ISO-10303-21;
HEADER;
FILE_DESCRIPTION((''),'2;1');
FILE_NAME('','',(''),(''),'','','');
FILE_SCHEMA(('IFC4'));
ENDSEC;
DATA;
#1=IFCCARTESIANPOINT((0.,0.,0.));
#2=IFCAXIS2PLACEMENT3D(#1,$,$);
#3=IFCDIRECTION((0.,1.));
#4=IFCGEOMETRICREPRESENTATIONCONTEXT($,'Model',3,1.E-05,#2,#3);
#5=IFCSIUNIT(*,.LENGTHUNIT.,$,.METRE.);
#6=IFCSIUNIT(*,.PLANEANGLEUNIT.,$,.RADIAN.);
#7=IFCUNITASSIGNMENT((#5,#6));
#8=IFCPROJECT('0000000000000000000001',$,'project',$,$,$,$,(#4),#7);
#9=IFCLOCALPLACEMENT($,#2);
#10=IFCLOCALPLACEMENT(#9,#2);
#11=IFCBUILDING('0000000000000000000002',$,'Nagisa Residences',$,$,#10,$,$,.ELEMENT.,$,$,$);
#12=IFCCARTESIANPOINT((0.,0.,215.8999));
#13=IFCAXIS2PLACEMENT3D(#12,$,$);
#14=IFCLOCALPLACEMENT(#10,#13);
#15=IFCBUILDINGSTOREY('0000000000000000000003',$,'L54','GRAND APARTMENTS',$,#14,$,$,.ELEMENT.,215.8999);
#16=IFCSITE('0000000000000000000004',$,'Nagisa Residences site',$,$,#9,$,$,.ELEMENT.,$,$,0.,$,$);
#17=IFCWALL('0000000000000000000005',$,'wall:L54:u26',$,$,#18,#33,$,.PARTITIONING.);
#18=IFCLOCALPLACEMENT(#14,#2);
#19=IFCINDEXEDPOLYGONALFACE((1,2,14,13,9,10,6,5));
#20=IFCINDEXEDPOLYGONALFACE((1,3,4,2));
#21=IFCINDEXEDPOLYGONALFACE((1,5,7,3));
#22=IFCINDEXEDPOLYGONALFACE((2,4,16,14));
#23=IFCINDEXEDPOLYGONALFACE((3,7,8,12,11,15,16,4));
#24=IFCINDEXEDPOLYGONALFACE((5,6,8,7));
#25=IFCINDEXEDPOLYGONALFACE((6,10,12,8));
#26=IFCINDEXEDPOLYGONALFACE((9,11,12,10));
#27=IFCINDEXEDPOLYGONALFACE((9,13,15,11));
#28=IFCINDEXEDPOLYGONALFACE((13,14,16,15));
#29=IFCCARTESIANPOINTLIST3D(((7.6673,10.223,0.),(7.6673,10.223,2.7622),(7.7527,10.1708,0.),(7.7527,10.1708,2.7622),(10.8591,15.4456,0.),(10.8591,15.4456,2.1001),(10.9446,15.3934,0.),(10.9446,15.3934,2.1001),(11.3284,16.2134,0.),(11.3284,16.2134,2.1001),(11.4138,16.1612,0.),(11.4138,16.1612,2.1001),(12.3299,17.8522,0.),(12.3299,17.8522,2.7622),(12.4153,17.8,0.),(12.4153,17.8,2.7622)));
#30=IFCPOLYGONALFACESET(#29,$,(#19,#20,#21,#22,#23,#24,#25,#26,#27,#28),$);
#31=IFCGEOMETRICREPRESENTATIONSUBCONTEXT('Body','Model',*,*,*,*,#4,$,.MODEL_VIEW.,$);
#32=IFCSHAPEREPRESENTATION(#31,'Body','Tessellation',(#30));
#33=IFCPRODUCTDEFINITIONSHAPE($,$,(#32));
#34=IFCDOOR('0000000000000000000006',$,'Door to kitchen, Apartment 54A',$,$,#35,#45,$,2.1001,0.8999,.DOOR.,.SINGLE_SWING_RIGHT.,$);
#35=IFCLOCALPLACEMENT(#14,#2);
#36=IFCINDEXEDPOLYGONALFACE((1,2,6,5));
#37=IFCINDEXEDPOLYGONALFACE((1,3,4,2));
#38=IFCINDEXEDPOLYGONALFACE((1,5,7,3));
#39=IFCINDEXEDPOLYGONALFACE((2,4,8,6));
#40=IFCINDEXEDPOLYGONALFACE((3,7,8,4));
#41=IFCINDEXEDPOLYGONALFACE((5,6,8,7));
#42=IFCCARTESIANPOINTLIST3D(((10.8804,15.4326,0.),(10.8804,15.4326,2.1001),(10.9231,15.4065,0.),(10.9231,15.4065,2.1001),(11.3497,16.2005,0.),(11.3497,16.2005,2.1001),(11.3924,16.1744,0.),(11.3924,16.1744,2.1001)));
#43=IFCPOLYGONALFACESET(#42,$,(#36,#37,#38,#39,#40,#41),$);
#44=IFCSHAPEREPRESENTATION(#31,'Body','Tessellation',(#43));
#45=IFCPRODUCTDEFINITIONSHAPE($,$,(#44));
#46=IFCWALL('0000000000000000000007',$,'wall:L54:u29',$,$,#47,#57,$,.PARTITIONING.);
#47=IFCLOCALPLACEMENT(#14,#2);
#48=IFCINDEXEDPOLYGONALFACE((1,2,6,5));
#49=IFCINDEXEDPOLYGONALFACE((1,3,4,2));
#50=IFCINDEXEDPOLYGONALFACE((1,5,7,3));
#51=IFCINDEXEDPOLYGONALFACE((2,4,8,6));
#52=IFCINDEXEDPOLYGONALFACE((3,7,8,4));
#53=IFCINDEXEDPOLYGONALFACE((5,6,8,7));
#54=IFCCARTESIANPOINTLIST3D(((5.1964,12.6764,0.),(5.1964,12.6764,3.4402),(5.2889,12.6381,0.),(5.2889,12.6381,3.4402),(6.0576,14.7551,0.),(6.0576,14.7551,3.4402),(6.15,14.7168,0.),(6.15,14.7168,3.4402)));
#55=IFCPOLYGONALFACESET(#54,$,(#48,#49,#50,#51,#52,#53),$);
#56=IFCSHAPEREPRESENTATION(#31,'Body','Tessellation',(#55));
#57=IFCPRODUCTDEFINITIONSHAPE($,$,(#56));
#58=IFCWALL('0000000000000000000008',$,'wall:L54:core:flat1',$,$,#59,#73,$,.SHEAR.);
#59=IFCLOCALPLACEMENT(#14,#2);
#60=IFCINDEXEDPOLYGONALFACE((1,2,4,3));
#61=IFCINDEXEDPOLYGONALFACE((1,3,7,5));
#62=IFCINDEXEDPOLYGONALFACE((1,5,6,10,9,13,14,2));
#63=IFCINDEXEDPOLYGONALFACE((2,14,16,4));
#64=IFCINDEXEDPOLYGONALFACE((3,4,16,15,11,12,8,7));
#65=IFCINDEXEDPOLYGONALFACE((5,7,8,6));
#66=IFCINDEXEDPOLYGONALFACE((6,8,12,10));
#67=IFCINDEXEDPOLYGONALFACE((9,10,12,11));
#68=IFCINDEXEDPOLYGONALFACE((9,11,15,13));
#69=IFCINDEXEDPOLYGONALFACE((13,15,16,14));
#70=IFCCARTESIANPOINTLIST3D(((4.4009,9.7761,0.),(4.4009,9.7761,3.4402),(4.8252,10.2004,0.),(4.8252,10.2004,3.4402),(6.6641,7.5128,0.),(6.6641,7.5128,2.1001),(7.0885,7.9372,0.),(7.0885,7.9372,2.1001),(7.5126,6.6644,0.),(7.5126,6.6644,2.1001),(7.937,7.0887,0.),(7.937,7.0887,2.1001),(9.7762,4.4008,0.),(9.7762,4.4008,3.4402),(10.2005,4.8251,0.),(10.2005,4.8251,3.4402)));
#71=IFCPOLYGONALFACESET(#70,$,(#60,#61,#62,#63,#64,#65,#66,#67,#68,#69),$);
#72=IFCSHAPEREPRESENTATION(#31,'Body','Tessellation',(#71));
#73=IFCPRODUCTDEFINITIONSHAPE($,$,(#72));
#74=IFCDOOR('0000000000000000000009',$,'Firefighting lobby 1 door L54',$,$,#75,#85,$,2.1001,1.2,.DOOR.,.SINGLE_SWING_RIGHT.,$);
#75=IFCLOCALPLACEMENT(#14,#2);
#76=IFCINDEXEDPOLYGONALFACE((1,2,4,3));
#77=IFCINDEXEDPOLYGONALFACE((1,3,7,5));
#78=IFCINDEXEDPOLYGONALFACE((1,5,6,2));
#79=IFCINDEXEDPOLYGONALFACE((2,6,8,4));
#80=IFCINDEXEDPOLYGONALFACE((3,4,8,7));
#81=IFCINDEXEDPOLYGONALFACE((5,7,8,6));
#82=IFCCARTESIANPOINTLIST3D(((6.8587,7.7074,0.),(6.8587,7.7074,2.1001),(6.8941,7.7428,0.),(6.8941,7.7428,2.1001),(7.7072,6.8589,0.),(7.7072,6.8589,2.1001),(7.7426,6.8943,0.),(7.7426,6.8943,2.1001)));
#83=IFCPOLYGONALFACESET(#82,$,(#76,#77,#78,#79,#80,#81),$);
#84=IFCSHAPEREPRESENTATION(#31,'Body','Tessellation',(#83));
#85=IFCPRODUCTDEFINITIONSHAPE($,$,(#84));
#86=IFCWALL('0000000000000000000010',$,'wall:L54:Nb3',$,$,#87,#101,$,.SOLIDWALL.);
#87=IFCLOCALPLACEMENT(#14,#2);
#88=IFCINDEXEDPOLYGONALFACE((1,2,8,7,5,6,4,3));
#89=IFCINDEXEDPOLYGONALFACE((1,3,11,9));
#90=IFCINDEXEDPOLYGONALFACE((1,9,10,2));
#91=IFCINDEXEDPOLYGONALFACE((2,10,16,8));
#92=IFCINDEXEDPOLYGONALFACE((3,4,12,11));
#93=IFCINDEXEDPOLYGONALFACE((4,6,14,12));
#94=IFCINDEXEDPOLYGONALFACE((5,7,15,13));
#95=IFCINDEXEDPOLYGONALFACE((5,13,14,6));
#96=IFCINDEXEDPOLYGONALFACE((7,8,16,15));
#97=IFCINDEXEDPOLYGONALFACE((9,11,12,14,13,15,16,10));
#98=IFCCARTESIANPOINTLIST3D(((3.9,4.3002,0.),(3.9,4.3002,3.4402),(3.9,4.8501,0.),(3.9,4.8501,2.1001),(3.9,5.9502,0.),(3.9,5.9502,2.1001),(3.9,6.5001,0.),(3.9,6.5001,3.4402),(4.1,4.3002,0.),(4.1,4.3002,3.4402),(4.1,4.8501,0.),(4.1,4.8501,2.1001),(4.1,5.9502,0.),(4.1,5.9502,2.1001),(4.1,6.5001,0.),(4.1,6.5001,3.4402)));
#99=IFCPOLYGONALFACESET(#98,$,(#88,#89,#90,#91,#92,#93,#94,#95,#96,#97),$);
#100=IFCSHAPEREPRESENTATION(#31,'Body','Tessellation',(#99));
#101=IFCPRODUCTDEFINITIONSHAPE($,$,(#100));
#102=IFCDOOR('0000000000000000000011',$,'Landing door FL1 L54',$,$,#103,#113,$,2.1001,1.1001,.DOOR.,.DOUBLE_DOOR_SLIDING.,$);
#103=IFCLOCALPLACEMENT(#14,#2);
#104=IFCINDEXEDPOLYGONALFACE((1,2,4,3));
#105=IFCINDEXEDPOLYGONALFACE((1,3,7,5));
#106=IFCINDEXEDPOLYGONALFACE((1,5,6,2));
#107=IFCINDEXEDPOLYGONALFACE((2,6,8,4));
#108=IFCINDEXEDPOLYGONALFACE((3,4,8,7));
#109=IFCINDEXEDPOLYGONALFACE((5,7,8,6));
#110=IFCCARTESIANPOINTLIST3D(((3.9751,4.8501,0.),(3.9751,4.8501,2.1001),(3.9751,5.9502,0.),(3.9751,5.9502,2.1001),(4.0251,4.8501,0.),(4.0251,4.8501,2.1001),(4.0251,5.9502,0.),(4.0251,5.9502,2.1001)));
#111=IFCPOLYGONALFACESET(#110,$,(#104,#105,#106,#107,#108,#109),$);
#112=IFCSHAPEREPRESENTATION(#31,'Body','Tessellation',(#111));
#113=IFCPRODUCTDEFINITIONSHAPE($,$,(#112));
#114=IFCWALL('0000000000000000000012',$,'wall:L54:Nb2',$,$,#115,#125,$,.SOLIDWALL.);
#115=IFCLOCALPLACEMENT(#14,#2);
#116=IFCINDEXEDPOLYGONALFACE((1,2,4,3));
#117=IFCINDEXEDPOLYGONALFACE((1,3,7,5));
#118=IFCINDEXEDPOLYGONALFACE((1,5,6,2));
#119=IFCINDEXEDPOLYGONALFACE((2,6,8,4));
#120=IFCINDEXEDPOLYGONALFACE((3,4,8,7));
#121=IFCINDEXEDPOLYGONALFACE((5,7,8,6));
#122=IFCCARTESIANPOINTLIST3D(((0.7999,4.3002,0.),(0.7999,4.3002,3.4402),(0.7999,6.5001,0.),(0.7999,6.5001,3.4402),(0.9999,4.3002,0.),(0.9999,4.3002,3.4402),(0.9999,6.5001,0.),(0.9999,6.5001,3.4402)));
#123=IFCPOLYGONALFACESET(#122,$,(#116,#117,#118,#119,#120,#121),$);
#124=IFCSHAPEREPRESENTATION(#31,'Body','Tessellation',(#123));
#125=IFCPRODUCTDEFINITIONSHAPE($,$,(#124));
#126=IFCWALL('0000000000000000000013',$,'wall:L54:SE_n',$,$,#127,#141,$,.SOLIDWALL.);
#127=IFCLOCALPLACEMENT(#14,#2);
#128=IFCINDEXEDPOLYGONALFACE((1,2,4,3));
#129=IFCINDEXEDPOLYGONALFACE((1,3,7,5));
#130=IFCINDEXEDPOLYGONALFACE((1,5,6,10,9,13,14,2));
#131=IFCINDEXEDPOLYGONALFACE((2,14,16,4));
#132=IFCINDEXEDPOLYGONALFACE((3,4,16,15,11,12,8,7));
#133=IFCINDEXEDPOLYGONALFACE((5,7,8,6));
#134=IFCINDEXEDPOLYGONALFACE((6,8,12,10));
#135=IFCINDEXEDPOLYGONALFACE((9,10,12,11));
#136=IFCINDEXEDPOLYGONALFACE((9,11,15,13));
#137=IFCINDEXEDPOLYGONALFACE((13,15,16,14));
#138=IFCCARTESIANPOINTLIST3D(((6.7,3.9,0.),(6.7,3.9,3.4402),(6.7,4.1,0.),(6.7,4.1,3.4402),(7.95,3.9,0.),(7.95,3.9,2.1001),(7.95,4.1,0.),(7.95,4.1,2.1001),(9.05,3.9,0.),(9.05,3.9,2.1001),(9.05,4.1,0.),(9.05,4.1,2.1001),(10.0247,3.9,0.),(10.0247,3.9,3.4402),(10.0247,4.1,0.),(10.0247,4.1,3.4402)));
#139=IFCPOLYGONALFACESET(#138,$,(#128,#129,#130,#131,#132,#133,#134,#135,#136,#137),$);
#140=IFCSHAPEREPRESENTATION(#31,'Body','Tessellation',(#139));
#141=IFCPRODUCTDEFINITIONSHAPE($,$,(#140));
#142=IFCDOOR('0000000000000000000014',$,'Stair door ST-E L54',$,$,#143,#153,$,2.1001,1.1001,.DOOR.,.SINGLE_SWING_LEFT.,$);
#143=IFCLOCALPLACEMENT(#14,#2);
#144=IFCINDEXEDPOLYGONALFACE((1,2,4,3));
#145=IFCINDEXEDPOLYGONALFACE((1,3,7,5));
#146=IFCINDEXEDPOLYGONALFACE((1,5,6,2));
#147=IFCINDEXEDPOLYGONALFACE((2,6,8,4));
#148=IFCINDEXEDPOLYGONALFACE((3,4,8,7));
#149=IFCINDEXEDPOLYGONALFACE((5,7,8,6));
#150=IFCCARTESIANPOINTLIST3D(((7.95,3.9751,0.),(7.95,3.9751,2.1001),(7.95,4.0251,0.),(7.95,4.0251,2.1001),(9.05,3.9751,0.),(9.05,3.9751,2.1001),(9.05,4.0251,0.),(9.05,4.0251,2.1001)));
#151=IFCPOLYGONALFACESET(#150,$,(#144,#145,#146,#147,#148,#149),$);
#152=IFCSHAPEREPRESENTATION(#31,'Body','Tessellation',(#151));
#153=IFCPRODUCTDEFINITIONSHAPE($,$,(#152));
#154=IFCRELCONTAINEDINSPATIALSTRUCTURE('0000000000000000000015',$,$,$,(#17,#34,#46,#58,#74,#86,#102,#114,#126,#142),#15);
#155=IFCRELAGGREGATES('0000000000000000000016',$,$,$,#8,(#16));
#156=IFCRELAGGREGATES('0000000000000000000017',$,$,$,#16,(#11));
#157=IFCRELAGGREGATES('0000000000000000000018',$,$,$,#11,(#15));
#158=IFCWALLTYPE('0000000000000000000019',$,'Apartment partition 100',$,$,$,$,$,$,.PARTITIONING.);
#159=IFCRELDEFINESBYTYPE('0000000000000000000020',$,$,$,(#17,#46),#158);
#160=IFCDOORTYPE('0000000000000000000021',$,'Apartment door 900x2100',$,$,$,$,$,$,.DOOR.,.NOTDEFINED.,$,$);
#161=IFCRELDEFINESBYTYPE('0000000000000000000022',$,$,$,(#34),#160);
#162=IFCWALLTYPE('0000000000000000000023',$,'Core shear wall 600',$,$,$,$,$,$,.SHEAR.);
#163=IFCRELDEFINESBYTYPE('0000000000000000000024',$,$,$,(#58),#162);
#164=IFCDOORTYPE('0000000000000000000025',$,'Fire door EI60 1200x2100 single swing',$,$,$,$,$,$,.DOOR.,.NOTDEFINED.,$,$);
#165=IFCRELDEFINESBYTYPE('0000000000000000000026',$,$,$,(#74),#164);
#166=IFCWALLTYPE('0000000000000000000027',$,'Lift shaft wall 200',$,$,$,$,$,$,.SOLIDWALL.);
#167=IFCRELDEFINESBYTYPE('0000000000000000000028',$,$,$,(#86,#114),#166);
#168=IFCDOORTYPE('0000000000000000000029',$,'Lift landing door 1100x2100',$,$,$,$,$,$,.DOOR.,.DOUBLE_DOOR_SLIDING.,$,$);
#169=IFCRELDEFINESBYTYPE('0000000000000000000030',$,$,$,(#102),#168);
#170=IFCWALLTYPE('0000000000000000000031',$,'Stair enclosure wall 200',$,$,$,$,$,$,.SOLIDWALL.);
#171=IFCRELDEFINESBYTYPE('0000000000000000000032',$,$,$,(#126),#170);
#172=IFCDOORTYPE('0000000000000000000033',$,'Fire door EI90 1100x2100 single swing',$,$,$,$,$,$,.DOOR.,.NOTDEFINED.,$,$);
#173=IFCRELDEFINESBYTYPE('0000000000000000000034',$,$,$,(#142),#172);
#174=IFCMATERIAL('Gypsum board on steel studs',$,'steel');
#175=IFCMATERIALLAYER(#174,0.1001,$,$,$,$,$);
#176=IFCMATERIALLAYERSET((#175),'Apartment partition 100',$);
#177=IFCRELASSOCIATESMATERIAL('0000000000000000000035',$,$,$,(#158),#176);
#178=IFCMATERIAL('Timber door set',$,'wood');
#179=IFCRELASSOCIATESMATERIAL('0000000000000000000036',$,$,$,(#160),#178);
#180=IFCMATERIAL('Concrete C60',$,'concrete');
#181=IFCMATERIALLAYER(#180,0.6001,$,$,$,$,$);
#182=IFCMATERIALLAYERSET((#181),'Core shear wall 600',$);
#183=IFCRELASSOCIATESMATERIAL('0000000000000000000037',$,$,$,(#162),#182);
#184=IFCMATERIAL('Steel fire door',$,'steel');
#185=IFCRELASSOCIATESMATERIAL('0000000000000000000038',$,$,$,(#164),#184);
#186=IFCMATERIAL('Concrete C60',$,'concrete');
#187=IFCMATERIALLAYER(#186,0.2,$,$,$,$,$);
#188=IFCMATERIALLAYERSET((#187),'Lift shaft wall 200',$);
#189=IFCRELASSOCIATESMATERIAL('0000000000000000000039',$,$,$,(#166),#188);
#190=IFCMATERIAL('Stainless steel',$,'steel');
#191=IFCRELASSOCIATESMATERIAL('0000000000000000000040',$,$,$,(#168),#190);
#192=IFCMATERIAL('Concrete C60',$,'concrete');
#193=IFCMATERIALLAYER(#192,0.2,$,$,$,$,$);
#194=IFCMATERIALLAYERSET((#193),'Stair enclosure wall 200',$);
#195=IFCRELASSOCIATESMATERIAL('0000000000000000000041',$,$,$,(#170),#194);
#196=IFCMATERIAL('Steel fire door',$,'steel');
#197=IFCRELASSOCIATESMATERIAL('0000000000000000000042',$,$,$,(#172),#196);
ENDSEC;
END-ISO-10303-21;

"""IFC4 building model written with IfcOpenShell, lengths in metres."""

from ifc_helpers import new_model, si_unit, direction, frame, frame_2d, origin, place, context, subcontext, project, spatial, rectangle, extrude, material, layer, layer_set, type_object, element, fill, save


model = new_model("IFC4")

# Units and contexts
model_context = context("Model", 3, precision=1e-05, world=origin(), true_north=direction((0.0, 1.0)))
body_context = subcontext(model_context, "Body", "Model", "MODEL_VIEW")
ifc_project = project(units=[si_unit("LENGTHUNIT", "METRE"), si_unit("PLANEANGLEUNIT", "RADIAN")], contexts=[model_context])

# Site, building, storey
site_placement = place(None, origin())
site = spatial("IfcSite", under=ifc_project, at=site_placement, Name="Nagisa Residences site", CompositionType="ELEMENT", RefElevation=0.0)
building_placement = place(site_placement, origin())
building = spatial("IfcBuilding", under=site, at=building_placement, Name="Nagisa Residences", CompositionType="ELEMENT")
storey_placement = place(building_placement, frame((0.0, 0.0, 215.8999)))
storey = spatial("IfcBuildingStorey", under=building, at=storey_placement, Name="L54", Description="GRAND APARTMENTS", CompositionType="ELEMENT", Elevation=215.8999)

# Shared definitions
ifc_material_1 = material(Name="Gypsum board on steel studs", Category="steel")
ifc_layer_1 = layer(ifc_material_1, 0.1001)
ifc_layer_set_1 = layer_set([ifc_layer_1], Name="Apartment partition 100")
wall_type_1 = type_object("IfcWallType", Name="Apartment partition 100", PredefinedType="PARTITIONING", material=ifc_layer_set_1)
ifc_material_2 = material(Name="Timber door set", Category="wood")
door_type_1 = type_object("IfcDoorType", Name="Apartment door 900x2100", OperationType="NOTDEFINED", PredefinedType="DOOR", material=ifc_material_2)

# Wall, opening, door
wall_1_placement = place(storey_placement, frame((7.71, 10.1968, 0.0), z_axis=(0.0, 0.0, 1.0), x_axis=(0.521478, 0.853265, 0.0)))
wall_1 = element("IfcWall", 1, at=wall_1_placement, inside=storey, type_object=wall_type_1, Name="wall:L54:u26", PredefinedType="PARTITIONING", context=body_context, shape_type="SweptSolid", body=[
    extrude(rectangle(XDim=8.9412, YDim=0.1001, at=frame_2d((4.4707, 0.0))), origin(), (0.0, 0.0, 1.0), 2.7622),
])
opening_1_placement = place(wall_1_placement, frame((6.1208, 0.0, 0.0)))
opening_1 = element("IfcOpeningElement", 2, at=opening_1_placement, cuts=wall_1, PredefinedType="OPENING", context=body_context, shape_type="SweptSolid", body=[
    extrude(rectangle(XDim=0.8999, YDim=2.1001, at=frame_2d((0.45, 1.05))), frame((0.0, 0.0601, 0.0), z_axis=(0.0, -1.0, 0.0), x_axis=(1.0, 0.0, 0.0)), (0.0, 0.0, 1.0), 0.1201),
])
door_1_placement = place(opening_1_placement, frame((0.8999, 0.0, 0.0), x_axis=(-1.0, 0.0, 0.0)))
door_1 = element("IfcDoor", 3, at=door_1_placement, inside=storey, type_object=door_type_1, Name="Door to kitchen, Apartment 54A", OperationType="SINGLE_SWING_RIGHT", OverallHeight=2.1001, OverallWidth=0.8999, PredefinedType="DOOR", context=body_context, shape_type="SweptSolid", body=[
    extrude(rectangle(XDim=0.8999, YDim=2.1001, at=frame_2d((0.45, 1.05))), frame((0.0, 0.0249, 0.0), z_axis=(0.0, -1.0, 0.0), x_axis=(1.0, 0.0, 0.0)), (0.0, 0.0, 1.0), 0.05),
])
fill(opening_1, door_1)

# Wall
wall_2_placement = place(storey_placement, frame((5.2427, 12.6572, 0.0), z_axis=(0.0, 0.0, 1.0), x_axis=(0.382719, 0.923865, 0.0)))
element("IfcWall", 4, at=wall_2_placement, inside=storey, type_object=wall_type_1, Name="wall:L54:u29", PredefinedType="PARTITIONING", context=body_context, shape_type="SweptSolid", body=[
    extrude(rectangle(XDim=2.25, YDim=0.1001, at=frame_2d((1.125, 0.0))), origin(), (0.0, 0.0, 1.0), 3.4402),
])

# Walls, openings, doors
ifc_material_3 = material(Name="Concrete C60", Category="concrete")
ifc_layer_2 = layer(ifc_material_3, 0.6001)
ifc_layer_set_2 = layer_set([ifc_layer_2], Name="Core shear wall 600")
wall_type_2 = type_object("IfcWallType", Name="Core shear wall 600", PredefinedType="SHEAR", material=ifc_layer_set_2)
wall_3_placement = place(storey_placement, frame((9.9883, 4.613, 0.0), z_axis=(0.0, 0.0, 1.0), x_axis=(-0.707107, 0.707107, 0.0)))
wall_3 = element("IfcWall", 5, at=wall_3_placement, inside=storey, type_object=wall_type_2, Name="wall:L54:core:flat1", PredefinedType="SHEAR", context=body_context, shape_type="SweptSolid", body=[
    extrude(rectangle(XDim=7.6018, YDim=0.6001, at=frame_2d((3.8008, 0.0))), origin(), (0.0, 0.0, 1.0), 3.4402),
])
opening_2_placement = place(wall_3_placement, frame((3.2009, 0.0, 0.0)))
opening_2 = element("IfcOpeningElement", 6, at=opening_2_placement, cuts=wall_3, PredefinedType="OPENING", context=body_context, shape_type="SweptSolid", body=[
    extrude(rectangle(XDim=1.2, YDim=2.1001, at=frame_2d((0.6001, 1.05))), frame((0.0, 0.3101, 0.0), z_axis=(0.0, -1.0, 0.0), x_axis=(1.0, 0.0, 0.0)), (0.0, 0.0, 1.0), 0.6201),
])
ifc_material_4 = material(Name="Steel fire door", Category="steel")
door_type_2 = type_object("IfcDoorType", Name="Fire door EI60 1200x2100 single swing", OperationType="NOTDEFINED", PredefinedType="DOOR", material=ifc_material_4)
door_2_placement = place(opening_2_placement, origin())
door_2 = element("IfcDoor", 7, at=door_2_placement, inside=storey, type_object=door_type_2, Name="Firefighting lobby 1 door L54", OperationType="SINGLE_SWING_RIGHT", OverallHeight=2.1001, OverallWidth=1.2, PredefinedType="DOOR", context=body_context, shape_type="SweptSolid", body=[
    extrude(rectangle(XDim=1.2, YDim=2.1001, at=frame_2d((0.6001, 1.05))), frame((0.0, 0.0249, 0.0), z_axis=(0.0, -1.0, 0.0), x_axis=(1.0, 0.0, 0.0)), (0.0, 0.0, 1.0), 0.05),
])
fill(opening_2, door_2)
ifc_material_5 = material(Name="Concrete C60", Category="concrete")
ifc_layer_3 = layer(ifc_material_5, 0.2)
ifc_layer_set_3 = layer_set([ifc_layer_3], Name="Lift shaft wall 200")
wall_type_3 = type_object("IfcWallType", Name="Lift shaft wall 200", PredefinedType="SOLIDWALL", material=ifc_layer_set_3)
wall_4_placement = place(storey_placement, frame((4.0, 4.3, 0.0), z_axis=(0.0, 0.0, 1.0), x_axis=(0.0, 1.0, 0.0)))
wall_4 = element("IfcWall", 8, at=wall_4_placement, inside=storey, type_object=wall_type_3, Name="wall:L54:Nb3", PredefinedType="SOLIDWALL", context=body_context, shape_type="SweptSolid", body=[
    extrude(rectangle(XDim=2.2, YDim=0.2, at=frame_2d((1.1001, 0.0))), origin(), (0.0, 0.0, 1.0), 3.4402),
])
opening_3_placement = place(wall_4_placement, frame((0.55, 0.0, 0.0)))
opening_3 = element("IfcOpeningElement", 9, at=opening_3_placement, cuts=wall_4, PredefinedType="OPENING", context=body_context, shape_type="SweptSolid", body=[
    extrude(rectangle(XDim=1.1001, YDim=2.1001, at=frame_2d((0.55, 1.05))), frame((0.0, 0.1099, 0.0), z_axis=(0.0, -1.0, 0.0), x_axis=(1.0, 0.0, 0.0)), (0.0, 0.0, 1.0), 0.22),
])
ifc_material_6 = material(Name="Stainless steel", Category="steel")
door_type_3 = type_object("IfcDoorType", Name="Lift landing door 1100x2100", OperationType="DOUBLE_DOOR_SLIDING", PredefinedType="DOOR", material=ifc_material_6)
door_3_placement = place(opening_3_placement, origin())
door_3 = element("IfcDoor", 10, at=door_3_placement, inside=storey, type_object=door_type_3, Name="Landing door FL1 L54", OperationType="DOUBLE_DOOR_SLIDING", OverallHeight=2.1001, OverallWidth=1.1001, PredefinedType="DOOR", context=body_context, shape_type="SweptSolid", body=[
    extrude(rectangle(XDim=1.1001, YDim=2.1001, at=frame_2d((0.55, 1.05))), frame((0.0, 0.0249, 0.0), z_axis=(0.0, -1.0, 0.0), x_axis=(1.0, 0.0, 0.0)), (0.0, 0.0, 1.0), 0.05),
])
fill(opening_3, door_3)

# Wall
wall_5_placement = place(storey_placement, frame((0.8999, 4.3, 0.0), z_axis=(0.0, 0.0, 1.0), x_axis=(0.0, 1.0, 0.0)))
element("IfcWall", 11, at=wall_5_placement, inside=storey, type_object=wall_type_3, Name="wall:L54:Nb2", PredefinedType="SOLIDWALL", context=body_context, shape_type="SweptSolid", body=[
    extrude(rectangle(XDim=2.2, YDim=0.2, at=frame_2d((1.1001, 0.0))), origin(), (0.0, 0.0, 1.0), 3.4402),
])

# Wall, opening, door
ifc_material_7 = material(Name="Concrete C60", Category="concrete")
ifc_layer_4 = layer(ifc_material_7, 0.2)
ifc_layer_set_4 = layer_set([ifc_layer_4], Name="Stair enclosure wall 200")
wall_type_4 = type_object("IfcWallType", Name="Stair enclosure wall 200", PredefinedType="SOLIDWALL", material=ifc_layer_set_4)
wall_6_placement = place(storey_placement, frame((6.7, 4.0, 0.0), z_axis=(0.0, 0.0, 1.0), x_axis=(1.0, 0.0, 0.0)))
wall_6 = element("IfcWall", 12, at=wall_6_placement, inside=storey, type_object=wall_type_4, Name="wall:L54:SE_n", PredefinedType="SOLIDWALL", context=body_context, shape_type="SweptSolid", body=[
    extrude(rectangle(XDim=3.3247, YDim=0.2, at=frame_2d((1.6624, 0.0))), origin(), (0.0, 0.0, 1.0), 3.4402),
])
opening_4_placement = place(wall_6_placement, frame((1.25, 0.0, 0.0)))
opening_4 = element("IfcOpeningElement", 13, at=opening_4_placement, cuts=wall_6, PredefinedType="OPENING", context=body_context, shape_type="SweptSolid", body=[
    extrude(rectangle(XDim=1.1001, YDim=2.1001, at=frame_2d((0.55, 1.05))), frame((0.0, 0.1099, 0.0), z_axis=(0.0, -1.0, 0.0), x_axis=(1.0, 0.0, 0.0)), (0.0, 0.0, 1.0), 0.22),
])
ifc_material_8 = material(Name="Steel fire door", Category="steel")
door_type_4 = type_object("IfcDoorType", Name="Fire door EI90 1100x2100 single swing", OperationType="NOTDEFINED", PredefinedType="DOOR", material=ifc_material_8)
door_4_placement = place(opening_4_placement, frame((1.1001, 0.0, 0.0), x_axis=(-1.0, 0.0, 0.0)))
door_4 = element("IfcDoor", 14, at=door_4_placement, inside=storey, type_object=door_type_4, Name="Stair door ST-E L54", OperationType="SINGLE_SWING_LEFT", OverallHeight=2.1001, OverallWidth=1.1001, PredefinedType="DOOR", context=body_context, shape_type="SweptSolid", body=[
    extrude(rectangle(XDim=1.1001, YDim=2.1001, at=frame_2d((0.55, 1.05))), frame((0.0, 0.0249, 0.0), z_axis=(0.0, -1.0, 0.0), x_axis=(1.0, 0.0, 0.0)), (0.0, 0.0, 1.0), 0.05),
])
fill(opening_4, door_4)

save(model, "model.ifc")
